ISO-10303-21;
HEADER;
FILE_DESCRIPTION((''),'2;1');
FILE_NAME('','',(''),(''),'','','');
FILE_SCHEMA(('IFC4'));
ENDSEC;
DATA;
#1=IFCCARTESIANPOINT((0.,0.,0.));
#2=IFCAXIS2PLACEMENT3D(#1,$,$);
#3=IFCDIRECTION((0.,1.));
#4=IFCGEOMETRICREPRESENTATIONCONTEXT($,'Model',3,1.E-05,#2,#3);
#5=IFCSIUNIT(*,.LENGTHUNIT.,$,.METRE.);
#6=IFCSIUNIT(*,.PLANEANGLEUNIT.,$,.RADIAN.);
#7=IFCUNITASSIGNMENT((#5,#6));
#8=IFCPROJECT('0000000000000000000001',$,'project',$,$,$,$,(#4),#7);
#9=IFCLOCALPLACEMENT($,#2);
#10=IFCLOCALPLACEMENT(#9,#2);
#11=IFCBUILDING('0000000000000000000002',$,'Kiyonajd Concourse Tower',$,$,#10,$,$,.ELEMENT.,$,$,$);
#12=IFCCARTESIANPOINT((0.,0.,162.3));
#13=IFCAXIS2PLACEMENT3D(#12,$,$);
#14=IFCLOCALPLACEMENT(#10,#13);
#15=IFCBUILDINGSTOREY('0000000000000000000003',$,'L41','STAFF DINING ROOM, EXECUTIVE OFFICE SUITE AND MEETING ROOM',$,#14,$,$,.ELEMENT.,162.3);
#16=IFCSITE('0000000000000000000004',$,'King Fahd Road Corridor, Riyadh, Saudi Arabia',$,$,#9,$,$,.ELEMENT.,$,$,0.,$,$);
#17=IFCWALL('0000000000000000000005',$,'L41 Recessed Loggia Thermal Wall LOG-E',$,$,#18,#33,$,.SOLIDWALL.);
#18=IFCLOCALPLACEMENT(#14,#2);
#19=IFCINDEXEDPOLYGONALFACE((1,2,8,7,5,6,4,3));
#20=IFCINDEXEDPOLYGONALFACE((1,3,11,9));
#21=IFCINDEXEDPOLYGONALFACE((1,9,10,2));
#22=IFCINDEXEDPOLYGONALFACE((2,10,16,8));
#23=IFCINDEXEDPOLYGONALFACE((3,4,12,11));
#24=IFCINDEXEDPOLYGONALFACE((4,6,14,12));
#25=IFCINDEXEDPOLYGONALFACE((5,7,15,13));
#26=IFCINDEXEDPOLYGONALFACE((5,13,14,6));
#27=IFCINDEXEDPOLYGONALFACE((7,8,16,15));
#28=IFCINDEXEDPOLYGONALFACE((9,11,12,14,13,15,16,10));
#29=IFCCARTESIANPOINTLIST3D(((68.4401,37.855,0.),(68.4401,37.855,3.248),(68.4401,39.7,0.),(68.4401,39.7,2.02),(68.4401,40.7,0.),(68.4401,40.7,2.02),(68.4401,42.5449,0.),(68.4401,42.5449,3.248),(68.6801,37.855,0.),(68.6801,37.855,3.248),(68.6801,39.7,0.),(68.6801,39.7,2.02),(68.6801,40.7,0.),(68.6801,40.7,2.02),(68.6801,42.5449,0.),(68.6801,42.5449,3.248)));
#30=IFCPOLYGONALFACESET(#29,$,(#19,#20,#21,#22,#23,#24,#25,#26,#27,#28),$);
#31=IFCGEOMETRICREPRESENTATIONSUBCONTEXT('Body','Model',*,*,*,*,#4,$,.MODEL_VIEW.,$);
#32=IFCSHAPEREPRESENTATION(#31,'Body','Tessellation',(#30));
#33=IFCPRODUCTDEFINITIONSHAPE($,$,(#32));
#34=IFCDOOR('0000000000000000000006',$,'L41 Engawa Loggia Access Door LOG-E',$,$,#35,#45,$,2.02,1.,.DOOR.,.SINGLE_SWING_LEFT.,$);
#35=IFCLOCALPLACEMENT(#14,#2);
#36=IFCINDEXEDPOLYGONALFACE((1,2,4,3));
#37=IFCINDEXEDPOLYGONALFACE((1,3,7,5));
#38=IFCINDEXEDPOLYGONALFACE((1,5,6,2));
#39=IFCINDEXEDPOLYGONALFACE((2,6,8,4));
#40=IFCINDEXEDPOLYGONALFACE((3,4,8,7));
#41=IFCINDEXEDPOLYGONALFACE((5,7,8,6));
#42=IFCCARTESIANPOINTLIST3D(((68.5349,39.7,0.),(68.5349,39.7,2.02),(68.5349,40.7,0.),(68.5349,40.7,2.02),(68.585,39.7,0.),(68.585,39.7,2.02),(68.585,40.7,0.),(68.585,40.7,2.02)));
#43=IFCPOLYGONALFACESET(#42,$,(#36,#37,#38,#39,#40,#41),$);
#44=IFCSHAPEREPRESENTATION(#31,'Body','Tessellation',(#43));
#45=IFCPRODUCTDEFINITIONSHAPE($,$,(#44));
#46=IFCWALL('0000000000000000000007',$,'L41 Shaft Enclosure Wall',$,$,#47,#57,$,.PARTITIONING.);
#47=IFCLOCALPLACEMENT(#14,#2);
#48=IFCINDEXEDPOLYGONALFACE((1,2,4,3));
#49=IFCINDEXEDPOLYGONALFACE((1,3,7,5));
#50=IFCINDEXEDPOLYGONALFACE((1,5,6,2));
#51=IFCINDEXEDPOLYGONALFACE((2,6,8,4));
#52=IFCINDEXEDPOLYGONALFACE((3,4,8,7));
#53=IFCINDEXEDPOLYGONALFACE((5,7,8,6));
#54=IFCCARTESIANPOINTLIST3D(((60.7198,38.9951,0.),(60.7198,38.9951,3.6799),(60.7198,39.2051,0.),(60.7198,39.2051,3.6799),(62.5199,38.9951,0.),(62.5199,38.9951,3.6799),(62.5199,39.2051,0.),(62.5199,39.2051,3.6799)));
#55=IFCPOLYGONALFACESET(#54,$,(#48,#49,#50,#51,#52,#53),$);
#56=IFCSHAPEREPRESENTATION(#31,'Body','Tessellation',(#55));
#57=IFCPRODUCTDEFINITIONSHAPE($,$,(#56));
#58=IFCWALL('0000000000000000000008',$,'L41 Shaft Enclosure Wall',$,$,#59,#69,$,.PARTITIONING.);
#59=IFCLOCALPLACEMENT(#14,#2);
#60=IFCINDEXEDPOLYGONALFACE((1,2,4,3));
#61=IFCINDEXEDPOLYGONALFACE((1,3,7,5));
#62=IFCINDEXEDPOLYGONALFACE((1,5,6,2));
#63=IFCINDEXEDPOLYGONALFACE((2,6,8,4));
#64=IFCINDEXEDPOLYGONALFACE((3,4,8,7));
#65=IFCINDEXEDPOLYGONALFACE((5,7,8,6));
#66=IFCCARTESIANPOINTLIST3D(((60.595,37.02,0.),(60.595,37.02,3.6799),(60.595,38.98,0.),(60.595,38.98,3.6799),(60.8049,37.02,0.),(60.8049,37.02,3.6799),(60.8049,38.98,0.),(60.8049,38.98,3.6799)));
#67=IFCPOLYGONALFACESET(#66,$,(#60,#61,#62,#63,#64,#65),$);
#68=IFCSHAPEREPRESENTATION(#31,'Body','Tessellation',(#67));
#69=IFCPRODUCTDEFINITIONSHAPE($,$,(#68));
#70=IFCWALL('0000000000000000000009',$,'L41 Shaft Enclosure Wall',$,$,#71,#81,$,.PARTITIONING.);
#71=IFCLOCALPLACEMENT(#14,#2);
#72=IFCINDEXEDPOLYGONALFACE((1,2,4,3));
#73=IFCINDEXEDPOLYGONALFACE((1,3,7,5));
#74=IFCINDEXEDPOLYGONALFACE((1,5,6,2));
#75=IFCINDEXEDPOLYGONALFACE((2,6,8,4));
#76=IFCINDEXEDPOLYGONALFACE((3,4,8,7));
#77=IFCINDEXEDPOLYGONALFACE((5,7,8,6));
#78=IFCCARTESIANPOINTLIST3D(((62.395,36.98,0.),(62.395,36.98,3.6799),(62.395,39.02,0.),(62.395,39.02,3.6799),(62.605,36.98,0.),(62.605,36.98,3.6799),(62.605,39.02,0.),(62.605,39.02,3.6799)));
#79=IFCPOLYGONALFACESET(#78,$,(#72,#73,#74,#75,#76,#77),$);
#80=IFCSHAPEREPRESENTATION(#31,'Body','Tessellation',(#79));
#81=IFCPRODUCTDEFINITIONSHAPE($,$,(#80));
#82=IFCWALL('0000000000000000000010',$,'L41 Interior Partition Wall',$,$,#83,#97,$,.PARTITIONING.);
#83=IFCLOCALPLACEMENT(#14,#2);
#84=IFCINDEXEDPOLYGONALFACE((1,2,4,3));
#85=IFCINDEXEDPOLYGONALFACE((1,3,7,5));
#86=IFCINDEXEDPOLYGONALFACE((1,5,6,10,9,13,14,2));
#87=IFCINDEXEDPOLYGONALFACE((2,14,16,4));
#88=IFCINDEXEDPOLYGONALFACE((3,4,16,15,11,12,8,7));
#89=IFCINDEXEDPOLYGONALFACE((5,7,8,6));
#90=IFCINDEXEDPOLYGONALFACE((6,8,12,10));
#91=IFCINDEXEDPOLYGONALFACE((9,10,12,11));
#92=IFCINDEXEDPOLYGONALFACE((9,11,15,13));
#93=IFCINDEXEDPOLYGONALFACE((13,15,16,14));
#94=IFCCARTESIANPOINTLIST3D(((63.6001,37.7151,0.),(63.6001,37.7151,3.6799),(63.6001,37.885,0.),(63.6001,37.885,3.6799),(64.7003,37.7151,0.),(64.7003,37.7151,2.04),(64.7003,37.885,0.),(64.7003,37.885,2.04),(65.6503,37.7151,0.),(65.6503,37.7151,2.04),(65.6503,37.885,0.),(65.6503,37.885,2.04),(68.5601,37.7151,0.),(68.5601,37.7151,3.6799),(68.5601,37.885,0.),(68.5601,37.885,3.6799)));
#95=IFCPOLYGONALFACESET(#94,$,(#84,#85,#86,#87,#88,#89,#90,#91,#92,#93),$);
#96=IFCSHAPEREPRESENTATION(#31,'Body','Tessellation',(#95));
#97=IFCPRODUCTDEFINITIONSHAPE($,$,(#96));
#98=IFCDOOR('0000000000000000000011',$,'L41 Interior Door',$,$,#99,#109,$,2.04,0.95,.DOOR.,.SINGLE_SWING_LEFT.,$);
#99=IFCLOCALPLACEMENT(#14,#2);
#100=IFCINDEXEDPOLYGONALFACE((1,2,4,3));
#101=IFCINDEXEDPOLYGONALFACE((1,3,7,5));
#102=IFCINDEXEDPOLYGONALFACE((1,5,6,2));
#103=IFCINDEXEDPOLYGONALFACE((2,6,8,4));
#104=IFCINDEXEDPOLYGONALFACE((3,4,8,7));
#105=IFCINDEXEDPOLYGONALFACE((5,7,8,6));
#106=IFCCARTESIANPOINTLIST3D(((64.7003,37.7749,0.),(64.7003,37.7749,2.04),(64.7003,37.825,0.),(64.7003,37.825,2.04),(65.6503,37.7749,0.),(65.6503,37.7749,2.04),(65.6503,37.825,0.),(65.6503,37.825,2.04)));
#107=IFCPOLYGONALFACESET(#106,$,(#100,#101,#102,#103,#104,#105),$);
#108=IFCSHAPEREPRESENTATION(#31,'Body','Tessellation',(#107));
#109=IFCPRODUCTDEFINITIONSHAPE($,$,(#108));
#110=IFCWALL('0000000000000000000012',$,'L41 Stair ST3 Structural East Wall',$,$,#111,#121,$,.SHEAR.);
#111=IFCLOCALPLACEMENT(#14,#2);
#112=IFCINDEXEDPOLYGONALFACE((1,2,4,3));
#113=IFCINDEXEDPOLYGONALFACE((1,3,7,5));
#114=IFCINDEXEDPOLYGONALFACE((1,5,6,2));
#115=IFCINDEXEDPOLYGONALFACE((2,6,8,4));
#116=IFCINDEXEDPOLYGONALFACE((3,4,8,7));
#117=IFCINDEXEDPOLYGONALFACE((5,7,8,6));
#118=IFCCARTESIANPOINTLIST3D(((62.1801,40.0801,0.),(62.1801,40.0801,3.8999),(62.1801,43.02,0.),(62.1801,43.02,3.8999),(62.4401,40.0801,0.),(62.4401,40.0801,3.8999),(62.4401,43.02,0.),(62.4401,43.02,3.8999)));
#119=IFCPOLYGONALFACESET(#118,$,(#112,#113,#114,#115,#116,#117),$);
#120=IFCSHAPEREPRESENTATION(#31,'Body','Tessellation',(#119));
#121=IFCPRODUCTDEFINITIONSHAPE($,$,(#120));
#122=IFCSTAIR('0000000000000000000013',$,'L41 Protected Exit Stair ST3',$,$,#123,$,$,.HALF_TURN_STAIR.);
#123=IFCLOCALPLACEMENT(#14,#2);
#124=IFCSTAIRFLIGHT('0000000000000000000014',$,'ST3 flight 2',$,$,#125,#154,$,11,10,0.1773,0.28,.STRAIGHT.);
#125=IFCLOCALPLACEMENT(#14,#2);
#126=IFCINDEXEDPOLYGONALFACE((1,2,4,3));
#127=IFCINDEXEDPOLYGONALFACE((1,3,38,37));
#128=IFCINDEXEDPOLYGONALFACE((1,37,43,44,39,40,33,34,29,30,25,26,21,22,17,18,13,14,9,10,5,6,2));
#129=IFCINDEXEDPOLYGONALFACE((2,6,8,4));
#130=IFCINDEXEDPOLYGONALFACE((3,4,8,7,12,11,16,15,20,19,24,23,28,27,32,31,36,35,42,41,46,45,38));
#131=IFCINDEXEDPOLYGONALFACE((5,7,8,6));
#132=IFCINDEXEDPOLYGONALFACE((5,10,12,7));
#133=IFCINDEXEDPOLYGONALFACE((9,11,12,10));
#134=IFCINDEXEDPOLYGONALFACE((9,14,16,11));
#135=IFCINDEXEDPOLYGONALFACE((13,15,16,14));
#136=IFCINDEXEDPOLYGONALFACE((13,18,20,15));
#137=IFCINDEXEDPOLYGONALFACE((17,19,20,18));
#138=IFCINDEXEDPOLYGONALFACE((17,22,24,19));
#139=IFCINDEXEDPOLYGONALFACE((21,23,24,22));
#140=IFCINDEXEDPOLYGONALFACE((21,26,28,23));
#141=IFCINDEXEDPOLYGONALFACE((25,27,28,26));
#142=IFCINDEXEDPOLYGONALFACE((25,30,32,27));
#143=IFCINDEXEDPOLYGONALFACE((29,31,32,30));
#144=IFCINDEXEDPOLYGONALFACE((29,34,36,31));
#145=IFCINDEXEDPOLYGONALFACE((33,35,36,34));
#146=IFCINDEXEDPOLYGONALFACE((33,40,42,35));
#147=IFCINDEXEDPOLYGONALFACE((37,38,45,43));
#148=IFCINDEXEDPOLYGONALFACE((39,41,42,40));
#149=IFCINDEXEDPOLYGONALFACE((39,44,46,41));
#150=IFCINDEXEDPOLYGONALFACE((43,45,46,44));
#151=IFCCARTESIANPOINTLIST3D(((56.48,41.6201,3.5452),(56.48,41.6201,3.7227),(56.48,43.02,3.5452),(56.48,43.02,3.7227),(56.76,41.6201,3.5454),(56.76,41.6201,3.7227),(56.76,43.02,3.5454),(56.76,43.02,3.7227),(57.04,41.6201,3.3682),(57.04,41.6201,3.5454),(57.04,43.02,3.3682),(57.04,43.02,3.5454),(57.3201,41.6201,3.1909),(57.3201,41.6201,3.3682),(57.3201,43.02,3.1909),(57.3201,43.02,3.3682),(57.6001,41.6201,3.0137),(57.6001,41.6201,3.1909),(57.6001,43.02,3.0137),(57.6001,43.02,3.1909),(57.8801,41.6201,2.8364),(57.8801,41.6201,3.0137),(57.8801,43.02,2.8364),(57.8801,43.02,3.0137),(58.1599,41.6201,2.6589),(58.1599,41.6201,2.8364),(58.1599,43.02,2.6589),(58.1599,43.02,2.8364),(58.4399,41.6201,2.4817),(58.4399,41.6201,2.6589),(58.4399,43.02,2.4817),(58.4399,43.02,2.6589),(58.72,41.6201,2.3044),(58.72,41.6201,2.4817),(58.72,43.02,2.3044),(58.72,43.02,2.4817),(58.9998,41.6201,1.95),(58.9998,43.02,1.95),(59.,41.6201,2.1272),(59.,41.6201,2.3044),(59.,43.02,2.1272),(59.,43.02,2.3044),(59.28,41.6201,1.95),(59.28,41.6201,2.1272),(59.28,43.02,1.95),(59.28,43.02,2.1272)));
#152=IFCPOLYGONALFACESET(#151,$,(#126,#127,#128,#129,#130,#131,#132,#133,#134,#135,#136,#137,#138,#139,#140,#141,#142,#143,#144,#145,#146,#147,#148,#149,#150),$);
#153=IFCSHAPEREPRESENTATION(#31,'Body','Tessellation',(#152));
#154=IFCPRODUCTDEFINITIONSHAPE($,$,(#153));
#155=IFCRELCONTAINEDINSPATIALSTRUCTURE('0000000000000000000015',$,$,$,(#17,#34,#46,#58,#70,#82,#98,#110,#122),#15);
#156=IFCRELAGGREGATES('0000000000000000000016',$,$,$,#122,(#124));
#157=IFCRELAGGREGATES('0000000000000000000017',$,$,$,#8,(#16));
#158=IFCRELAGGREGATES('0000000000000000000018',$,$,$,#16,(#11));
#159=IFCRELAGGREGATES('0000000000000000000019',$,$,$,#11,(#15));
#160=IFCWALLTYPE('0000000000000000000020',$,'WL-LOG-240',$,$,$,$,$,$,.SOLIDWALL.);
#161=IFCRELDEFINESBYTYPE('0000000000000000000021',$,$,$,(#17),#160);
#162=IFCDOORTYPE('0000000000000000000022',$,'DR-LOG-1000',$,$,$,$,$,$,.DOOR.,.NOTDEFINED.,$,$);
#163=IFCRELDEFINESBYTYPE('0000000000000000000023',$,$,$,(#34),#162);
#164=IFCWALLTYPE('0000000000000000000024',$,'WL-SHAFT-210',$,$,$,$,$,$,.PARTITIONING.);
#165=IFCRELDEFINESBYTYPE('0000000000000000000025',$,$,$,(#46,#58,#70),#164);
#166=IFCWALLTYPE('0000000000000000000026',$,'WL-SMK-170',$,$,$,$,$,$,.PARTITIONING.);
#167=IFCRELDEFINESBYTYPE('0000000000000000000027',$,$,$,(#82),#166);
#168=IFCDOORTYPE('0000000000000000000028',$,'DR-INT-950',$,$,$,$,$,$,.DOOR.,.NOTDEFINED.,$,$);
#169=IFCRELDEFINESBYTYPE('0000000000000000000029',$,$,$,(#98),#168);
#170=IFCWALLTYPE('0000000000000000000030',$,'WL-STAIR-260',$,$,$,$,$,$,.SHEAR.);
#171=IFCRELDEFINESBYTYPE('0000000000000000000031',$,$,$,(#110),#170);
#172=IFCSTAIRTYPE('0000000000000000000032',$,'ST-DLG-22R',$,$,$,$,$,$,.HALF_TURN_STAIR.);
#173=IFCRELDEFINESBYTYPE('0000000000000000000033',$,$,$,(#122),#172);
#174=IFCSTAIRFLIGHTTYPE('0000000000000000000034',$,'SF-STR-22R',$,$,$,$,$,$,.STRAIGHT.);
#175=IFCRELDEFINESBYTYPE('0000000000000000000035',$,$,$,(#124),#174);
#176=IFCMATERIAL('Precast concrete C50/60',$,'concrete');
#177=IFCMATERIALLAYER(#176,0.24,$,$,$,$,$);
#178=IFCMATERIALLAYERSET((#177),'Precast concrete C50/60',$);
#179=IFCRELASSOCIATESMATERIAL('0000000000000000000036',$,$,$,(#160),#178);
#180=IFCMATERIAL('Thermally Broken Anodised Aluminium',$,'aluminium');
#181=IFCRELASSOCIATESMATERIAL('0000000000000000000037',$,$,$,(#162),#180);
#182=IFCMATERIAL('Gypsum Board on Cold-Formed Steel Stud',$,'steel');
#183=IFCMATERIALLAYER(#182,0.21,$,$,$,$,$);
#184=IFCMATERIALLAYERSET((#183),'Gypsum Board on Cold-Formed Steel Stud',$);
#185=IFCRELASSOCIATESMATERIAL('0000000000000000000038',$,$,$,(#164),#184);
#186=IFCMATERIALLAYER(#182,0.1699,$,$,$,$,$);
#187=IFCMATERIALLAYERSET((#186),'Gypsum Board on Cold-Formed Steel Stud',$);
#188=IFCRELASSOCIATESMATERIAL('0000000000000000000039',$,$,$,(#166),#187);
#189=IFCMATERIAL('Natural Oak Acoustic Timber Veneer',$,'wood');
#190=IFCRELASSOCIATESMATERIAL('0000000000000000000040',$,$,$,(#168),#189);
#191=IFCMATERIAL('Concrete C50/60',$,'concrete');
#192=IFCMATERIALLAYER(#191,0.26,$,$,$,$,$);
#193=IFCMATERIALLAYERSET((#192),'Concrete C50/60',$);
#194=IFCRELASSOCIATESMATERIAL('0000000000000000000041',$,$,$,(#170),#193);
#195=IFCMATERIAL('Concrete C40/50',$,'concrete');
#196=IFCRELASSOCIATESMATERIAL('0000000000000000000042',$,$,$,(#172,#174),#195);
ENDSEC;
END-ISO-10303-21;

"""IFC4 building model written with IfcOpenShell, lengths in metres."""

from ifc_helpers import new_model, si_unit, direction, frame, frame_2d, origin, place, context, subcontext, project, spatial, polyline, rectangle, outline, extrude, material, layer, layer_set, type_object, element, fill, aggregate, save


model = new_model("IFC4")

# Units and contexts
model_context = context("Model", 3, precision=1e-05, world=origin(), true_north=direction((0.0, 1.0)))
body_context = subcontext(model_context, "Body", "Model", "MODEL_VIEW")
ifc_project = project(units=[si_unit("LENGTHUNIT", "METRE"), si_unit("PLANEANGLEUNIT", "RADIAN")], contexts=[model_context])

# Site, building, storey
site_placement = place(None, origin())
site = spatial("IfcSite", under=ifc_project, at=site_placement, Name="King Fahd Road Corridor, Riyadh, Saudi Arabia", CompositionType="ELEMENT", RefElevation=0.0)
building_placement = place(site_placement, origin())
building = spatial("IfcBuilding", under=site, at=building_placement, Name="Kiyonajd Concourse Tower", CompositionType="ELEMENT")
storey_placement = place(building_placement, frame((0.0, 0.0, 162.3)))
storey = spatial("IfcBuildingStorey", under=building, at=storey_placement, Name="L41", Description="STAFF DINING ROOM, EXECUTIVE OFFICE SUITE AND MEETING ROOM", CompositionType="ELEMENT", Elevation=162.3)

# Shared definitions
ifc_material_1 = material(Name="Thermally Broken Anodised Aluminium", Category="aluminium")

# Shared definitions
ifc_material_2 = material(Name="Precast concrete C50/60", Category="concrete")

# Wall, opening, door
ifc_layer_1 = layer(ifc_material_2, 0.24)
ifc_layer_set_1 = layer_set([ifc_layer_1], Name="Precast concrete C50/60")
wall_type_1 = type_object("IfcWallType", Name="WL-LOG-240", PredefinedType="SOLIDWALL", material=ifc_layer_set_1)
wall_1_placement = place(storey_placement, frame((68.5601, 42.5449, 0.0), z_axis=(0.0, 0.0, 1.0), x_axis=(0.0, -1.0, 0.0)))
wall_1 = element("IfcWall", 1, at=wall_1_placement, inside=storey, type_object=wall_type_1, Name="L41 Recessed Loggia Thermal Wall LOG-E", PredefinedType="SOLIDWALL", context=body_context, shape_type="SweptSolid", body=[
    extrude(rectangle(XDim=4.6899, YDim=0.24, at=frame_2d((2.345, 0.0))), origin(), (0.0, 0.0, 1.0), 3.248),
])
opening_1_placement = place(wall_1_placement, frame((1.845, 0.0, 0.0)))
opening_1 = element("IfcOpeningElement", 2, at=opening_1_placement, cuts=wall_1, PredefinedType="OPENING", context=body_context, shape_type="SweptSolid", body=[
    extrude(rectangle(XDim=1.0, YDim=2.02, at=frame_2d((0.5, 1.01))), frame((0.0, 0.1299, 0.0), z_axis=(0.0, -1.0, 0.0), x_axis=(1.0, 0.0, 0.0)), (0.0, 0.0, 1.0), 0.26),
])
door_type_1 = type_object("IfcDoorType", Name="DR-LOG-1000", OperationType="NOTDEFINED", PredefinedType="DOOR", material=ifc_material_1)
door_1_placement = place(opening_1_placement, origin())
door_1 = element("IfcDoor", 3, at=door_1_placement, inside=storey, type_object=door_type_1, Name="L41 Engawa Loggia Access Door LOG-E", OperationType="SINGLE_SWING_LEFT", OverallHeight=2.02, OverallWidth=1.0, PredefinedType="DOOR", context=body_context, shape_type="SweptSolid", body=[
    extrude(rectangle(XDim=1.0, YDim=2.02, at=frame_2d((0.5, 1.01))), frame((0.0, 0.0249, 0.0), z_axis=(0.0, -1.0, 0.0), x_axis=(1.0, 0.0, 0.0)), (0.0, 0.0, 1.0), 0.05),
])
fill(opening_1, door_1)

# Walls
ifc_material_3 = material(Name="Gypsum Board on Cold-Formed Steel Stud", Category="steel")
ifc_layer_2 = layer(ifc_material_3, 0.21)
ifc_layer_set_2 = layer_set([ifc_layer_2], Name="Gypsum Board on Cold-Formed Steel Stud")
wall_type_2 = type_object("IfcWallType", Name="WL-SHAFT-210", PredefinedType="PARTITIONING", material=ifc_layer_set_2)
wall_2_placement = place(storey_placement, frame((60.72, 39.1001, 0.0), z_axis=(0.0, 0.0, 1.0), x_axis=(1.0, 0.0, 0.0)))
element("IfcWall", 4, at=wall_2_placement, inside=storey, type_object=wall_type_2, Name="L41 Shaft Enclosure Wall", PredefinedType="PARTITIONING", context=body_context, shape_type="SweptSolid", body=[
    extrude(rectangle(XDim=1.8, YDim=0.21, at=frame_2d((0.8999, 0.0))), origin(), (0.0, 0.0, 1.0), 3.6799),
])
wall_3_placement = place(storey_placement, frame((60.7, 37.02, 0.0), z_axis=(0.0, 0.0, 1.0), x_axis=(0.0, 1.0, 0.0)))
element("IfcWall", 5, at=wall_3_placement, inside=storey, type_object=wall_type_2, Name="L41 Shaft Enclosure Wall", PredefinedType="PARTITIONING", context=body_context, shape_type="SweptSolid", body=[
    extrude(rectangle(XDim=1.96, YDim=0.21, at=frame_2d((0.98, 0.0))), origin(), (0.0, 0.0, 1.0), 3.6799),
])
wall_4_placement = place(storey_placement, frame((62.5, 36.98, 0.0), z_axis=(0.0, 0.0, 1.0), x_axis=(0.0, 1.0, 0.0)))
element("IfcWall", 6, at=wall_4_placement, inside=storey, type_object=wall_type_2, Name="L41 Shaft Enclosure Wall", PredefinedType="PARTITIONING", context=body_context, shape_type="SweptSolid", body=[
    extrude(rectangle(XDim=2.04, YDim=0.21, at=frame_2d((1.02, 0.0))), origin(), (0.0, 0.0, 1.0), 3.6799),
])

# Wall, opening, door
ifc_layer_3 = layer(ifc_material_3, 0.1699)
ifc_layer_set_3 = layer_set([ifc_layer_3], Name="Gypsum Board on Cold-Formed Steel Stud")
wall_type_3 = type_object("IfcWallType", Name="WL-SMK-170", PredefinedType="PARTITIONING", material=ifc_layer_set_3)
wall_5_placement = place(storey_placement, frame((63.6001, 37.8, 0.0), z_axis=(0.0, 0.0, 1.0), x_axis=(1.0, 0.0, 0.0)))
wall_5 = element("IfcWall", 7, at=wall_5_placement, inside=storey, type_object=wall_type_3, Name="L41 Interior Partition Wall", PredefinedType="PARTITIONING", context=body_context, shape_type="SweptSolid", body=[
    extrude(rectangle(XDim=4.96, YDim=0.1699, at=frame_2d((2.48, 0.0))), origin(), (0.0, 0.0, 1.0), 3.6799),
])
opening_2_placement = place(wall_5_placement, frame((1.1001, 0.0, 0.0)))
opening_2 = element("IfcOpeningElement", 8, at=opening_2_placement, cuts=wall_5, PredefinedType="OPENING", context=body_context, shape_type="SweptSolid", body=[
    extrude(rectangle(XDim=0.95, YDim=2.04, at=frame_2d((0.4751, 1.02))), frame((0.0, 0.095, 0.0), z_axis=(0.0, -1.0, 0.0), x_axis=(1.0, 0.0, 0.0)), (0.0, 0.0, 1.0), 0.1899),
])
ifc_material_4 = material(Name="Natural Oak Acoustic Timber Veneer", Category="wood")
door_type_2 = type_object("IfcDoorType", Name="DR-INT-950", OperationType="NOTDEFINED", PredefinedType="DOOR", material=ifc_material_4)
door_2_placement = place(opening_2_placement, origin())
door_2 = element("IfcDoor", 9, at=door_2_placement, inside=storey, type_object=door_type_2, Name="L41 Interior Door", OperationType="SINGLE_SWING_LEFT", OverallHeight=2.04, OverallWidth=0.95, PredefinedType="DOOR", context=body_context, shape_type="SweptSolid", body=[
    extrude(rectangle(XDim=0.95, YDim=2.04, at=frame_2d((0.4751, 1.02))), frame((0.0, 0.0249, 0.0), z_axis=(0.0, -1.0, 0.0), x_axis=(1.0, 0.0, 0.0)), (0.0, 0.0, 1.0), 0.05),
])
fill(opening_2, door_2)

# Wall
ifc_material_5 = material(Name="Concrete C50/60", Category="concrete")
ifc_layer_4 = layer(ifc_material_5, 0.26)
ifc_layer_set_4 = layer_set([ifc_layer_4], Name="Concrete C50/60")
wall_type_4 = type_object("IfcWallType", Name="WL-STAIR-260", PredefinedType="SHEAR", material=ifc_layer_set_4)
wall_6_placement = place(storey_placement, frame((62.3101, 40.0801, 0.0), z_axis=(0.0, 0.0, 1.0), x_axis=(0.0, 1.0, 0.0)))
element("IfcWall", 10, at=wall_6_placement, inside=storey, type_object=wall_type_4, Name="L41 Stair ST3 Structural East Wall", PredefinedType="SHEAR", context=body_context, shape_type="SweptSolid", body=[
    extrude(rectangle(XDim=2.9399, YDim=0.26, at=frame_2d((1.47, 0.0))), origin(), (0.0, 0.0, 1.0), 3.8999),
])

# Stair, stair flight
ifc_material_6 = material(Name="Concrete C40/50", Category="concrete")
stair_type = type_object("IfcStairType", Name="ST-DLG-22R", PredefinedType="HALF_TURN_STAIR", material=ifc_material_6)
stair_placement = place(storey_placement, origin())
stair = element("IfcStair", 11, at=stair_placement, inside=storey, type_object=stair_type, Name="L41 Protected Exit Stair ST3", PredefinedType="HALF_TURN_STAIR")
stair_flight_type = type_object("IfcStairFlightType", Name="SF-STR-22R", PredefinedType="STRAIGHT", material=ifc_material_6)
stair_flight_placement = place(storey_placement, frame((59.28, 42.3201, 1.95), z_axis=(0.0, 0.0, 1.0), x_axis=(-1.0, 0.0, 0.0)))
stair_flight = element("IfcStairFlight", 12, at=stair_flight_placement, type_object=stair_flight_type, Name="ST3 flight 2", NumberOfRisers=11, NumberOfTreads=10, PredefinedType="STRAIGHT", RiserHeight=0.1773, TreadLength=0.28, context=body_context, shape_type="SweptSolid", body=[
    extrude(outline(polyline([(0.0, 0.0), (0.0, 0.1772), (0.28, 0.1772), (0.28, 0.3545), (0.5601, 0.3545), (0.5601, 0.5317), (0.8401, 0.5317), (0.8401, 0.709), (1.1201, 0.709), (1.1201, 0.8865), (1.3999, 0.8865), (1.3999, 1.0637), (1.6799, 1.0637), (1.6799, 1.241), (1.96, 1.241), (1.96, 1.4182), (2.24, 1.4182), (2.24, 1.5955), (2.52, 1.5955), (2.52, 1.7727), (2.8, 1.7727), (2.8, 1.95), (2.8, 1.5952), (0.2803, 0.0), (0.0, 0.0)])), frame((0.0, 0.7, 0.0), z_axis=(0.0, -1.0, 0.0), x_axis=(1.0, 0.0, 0.0)), (0.0, 0.0, 1.0), 1.3999),
])
aggregate(stair, [stair_flight])

save(model, "model.ifc")
